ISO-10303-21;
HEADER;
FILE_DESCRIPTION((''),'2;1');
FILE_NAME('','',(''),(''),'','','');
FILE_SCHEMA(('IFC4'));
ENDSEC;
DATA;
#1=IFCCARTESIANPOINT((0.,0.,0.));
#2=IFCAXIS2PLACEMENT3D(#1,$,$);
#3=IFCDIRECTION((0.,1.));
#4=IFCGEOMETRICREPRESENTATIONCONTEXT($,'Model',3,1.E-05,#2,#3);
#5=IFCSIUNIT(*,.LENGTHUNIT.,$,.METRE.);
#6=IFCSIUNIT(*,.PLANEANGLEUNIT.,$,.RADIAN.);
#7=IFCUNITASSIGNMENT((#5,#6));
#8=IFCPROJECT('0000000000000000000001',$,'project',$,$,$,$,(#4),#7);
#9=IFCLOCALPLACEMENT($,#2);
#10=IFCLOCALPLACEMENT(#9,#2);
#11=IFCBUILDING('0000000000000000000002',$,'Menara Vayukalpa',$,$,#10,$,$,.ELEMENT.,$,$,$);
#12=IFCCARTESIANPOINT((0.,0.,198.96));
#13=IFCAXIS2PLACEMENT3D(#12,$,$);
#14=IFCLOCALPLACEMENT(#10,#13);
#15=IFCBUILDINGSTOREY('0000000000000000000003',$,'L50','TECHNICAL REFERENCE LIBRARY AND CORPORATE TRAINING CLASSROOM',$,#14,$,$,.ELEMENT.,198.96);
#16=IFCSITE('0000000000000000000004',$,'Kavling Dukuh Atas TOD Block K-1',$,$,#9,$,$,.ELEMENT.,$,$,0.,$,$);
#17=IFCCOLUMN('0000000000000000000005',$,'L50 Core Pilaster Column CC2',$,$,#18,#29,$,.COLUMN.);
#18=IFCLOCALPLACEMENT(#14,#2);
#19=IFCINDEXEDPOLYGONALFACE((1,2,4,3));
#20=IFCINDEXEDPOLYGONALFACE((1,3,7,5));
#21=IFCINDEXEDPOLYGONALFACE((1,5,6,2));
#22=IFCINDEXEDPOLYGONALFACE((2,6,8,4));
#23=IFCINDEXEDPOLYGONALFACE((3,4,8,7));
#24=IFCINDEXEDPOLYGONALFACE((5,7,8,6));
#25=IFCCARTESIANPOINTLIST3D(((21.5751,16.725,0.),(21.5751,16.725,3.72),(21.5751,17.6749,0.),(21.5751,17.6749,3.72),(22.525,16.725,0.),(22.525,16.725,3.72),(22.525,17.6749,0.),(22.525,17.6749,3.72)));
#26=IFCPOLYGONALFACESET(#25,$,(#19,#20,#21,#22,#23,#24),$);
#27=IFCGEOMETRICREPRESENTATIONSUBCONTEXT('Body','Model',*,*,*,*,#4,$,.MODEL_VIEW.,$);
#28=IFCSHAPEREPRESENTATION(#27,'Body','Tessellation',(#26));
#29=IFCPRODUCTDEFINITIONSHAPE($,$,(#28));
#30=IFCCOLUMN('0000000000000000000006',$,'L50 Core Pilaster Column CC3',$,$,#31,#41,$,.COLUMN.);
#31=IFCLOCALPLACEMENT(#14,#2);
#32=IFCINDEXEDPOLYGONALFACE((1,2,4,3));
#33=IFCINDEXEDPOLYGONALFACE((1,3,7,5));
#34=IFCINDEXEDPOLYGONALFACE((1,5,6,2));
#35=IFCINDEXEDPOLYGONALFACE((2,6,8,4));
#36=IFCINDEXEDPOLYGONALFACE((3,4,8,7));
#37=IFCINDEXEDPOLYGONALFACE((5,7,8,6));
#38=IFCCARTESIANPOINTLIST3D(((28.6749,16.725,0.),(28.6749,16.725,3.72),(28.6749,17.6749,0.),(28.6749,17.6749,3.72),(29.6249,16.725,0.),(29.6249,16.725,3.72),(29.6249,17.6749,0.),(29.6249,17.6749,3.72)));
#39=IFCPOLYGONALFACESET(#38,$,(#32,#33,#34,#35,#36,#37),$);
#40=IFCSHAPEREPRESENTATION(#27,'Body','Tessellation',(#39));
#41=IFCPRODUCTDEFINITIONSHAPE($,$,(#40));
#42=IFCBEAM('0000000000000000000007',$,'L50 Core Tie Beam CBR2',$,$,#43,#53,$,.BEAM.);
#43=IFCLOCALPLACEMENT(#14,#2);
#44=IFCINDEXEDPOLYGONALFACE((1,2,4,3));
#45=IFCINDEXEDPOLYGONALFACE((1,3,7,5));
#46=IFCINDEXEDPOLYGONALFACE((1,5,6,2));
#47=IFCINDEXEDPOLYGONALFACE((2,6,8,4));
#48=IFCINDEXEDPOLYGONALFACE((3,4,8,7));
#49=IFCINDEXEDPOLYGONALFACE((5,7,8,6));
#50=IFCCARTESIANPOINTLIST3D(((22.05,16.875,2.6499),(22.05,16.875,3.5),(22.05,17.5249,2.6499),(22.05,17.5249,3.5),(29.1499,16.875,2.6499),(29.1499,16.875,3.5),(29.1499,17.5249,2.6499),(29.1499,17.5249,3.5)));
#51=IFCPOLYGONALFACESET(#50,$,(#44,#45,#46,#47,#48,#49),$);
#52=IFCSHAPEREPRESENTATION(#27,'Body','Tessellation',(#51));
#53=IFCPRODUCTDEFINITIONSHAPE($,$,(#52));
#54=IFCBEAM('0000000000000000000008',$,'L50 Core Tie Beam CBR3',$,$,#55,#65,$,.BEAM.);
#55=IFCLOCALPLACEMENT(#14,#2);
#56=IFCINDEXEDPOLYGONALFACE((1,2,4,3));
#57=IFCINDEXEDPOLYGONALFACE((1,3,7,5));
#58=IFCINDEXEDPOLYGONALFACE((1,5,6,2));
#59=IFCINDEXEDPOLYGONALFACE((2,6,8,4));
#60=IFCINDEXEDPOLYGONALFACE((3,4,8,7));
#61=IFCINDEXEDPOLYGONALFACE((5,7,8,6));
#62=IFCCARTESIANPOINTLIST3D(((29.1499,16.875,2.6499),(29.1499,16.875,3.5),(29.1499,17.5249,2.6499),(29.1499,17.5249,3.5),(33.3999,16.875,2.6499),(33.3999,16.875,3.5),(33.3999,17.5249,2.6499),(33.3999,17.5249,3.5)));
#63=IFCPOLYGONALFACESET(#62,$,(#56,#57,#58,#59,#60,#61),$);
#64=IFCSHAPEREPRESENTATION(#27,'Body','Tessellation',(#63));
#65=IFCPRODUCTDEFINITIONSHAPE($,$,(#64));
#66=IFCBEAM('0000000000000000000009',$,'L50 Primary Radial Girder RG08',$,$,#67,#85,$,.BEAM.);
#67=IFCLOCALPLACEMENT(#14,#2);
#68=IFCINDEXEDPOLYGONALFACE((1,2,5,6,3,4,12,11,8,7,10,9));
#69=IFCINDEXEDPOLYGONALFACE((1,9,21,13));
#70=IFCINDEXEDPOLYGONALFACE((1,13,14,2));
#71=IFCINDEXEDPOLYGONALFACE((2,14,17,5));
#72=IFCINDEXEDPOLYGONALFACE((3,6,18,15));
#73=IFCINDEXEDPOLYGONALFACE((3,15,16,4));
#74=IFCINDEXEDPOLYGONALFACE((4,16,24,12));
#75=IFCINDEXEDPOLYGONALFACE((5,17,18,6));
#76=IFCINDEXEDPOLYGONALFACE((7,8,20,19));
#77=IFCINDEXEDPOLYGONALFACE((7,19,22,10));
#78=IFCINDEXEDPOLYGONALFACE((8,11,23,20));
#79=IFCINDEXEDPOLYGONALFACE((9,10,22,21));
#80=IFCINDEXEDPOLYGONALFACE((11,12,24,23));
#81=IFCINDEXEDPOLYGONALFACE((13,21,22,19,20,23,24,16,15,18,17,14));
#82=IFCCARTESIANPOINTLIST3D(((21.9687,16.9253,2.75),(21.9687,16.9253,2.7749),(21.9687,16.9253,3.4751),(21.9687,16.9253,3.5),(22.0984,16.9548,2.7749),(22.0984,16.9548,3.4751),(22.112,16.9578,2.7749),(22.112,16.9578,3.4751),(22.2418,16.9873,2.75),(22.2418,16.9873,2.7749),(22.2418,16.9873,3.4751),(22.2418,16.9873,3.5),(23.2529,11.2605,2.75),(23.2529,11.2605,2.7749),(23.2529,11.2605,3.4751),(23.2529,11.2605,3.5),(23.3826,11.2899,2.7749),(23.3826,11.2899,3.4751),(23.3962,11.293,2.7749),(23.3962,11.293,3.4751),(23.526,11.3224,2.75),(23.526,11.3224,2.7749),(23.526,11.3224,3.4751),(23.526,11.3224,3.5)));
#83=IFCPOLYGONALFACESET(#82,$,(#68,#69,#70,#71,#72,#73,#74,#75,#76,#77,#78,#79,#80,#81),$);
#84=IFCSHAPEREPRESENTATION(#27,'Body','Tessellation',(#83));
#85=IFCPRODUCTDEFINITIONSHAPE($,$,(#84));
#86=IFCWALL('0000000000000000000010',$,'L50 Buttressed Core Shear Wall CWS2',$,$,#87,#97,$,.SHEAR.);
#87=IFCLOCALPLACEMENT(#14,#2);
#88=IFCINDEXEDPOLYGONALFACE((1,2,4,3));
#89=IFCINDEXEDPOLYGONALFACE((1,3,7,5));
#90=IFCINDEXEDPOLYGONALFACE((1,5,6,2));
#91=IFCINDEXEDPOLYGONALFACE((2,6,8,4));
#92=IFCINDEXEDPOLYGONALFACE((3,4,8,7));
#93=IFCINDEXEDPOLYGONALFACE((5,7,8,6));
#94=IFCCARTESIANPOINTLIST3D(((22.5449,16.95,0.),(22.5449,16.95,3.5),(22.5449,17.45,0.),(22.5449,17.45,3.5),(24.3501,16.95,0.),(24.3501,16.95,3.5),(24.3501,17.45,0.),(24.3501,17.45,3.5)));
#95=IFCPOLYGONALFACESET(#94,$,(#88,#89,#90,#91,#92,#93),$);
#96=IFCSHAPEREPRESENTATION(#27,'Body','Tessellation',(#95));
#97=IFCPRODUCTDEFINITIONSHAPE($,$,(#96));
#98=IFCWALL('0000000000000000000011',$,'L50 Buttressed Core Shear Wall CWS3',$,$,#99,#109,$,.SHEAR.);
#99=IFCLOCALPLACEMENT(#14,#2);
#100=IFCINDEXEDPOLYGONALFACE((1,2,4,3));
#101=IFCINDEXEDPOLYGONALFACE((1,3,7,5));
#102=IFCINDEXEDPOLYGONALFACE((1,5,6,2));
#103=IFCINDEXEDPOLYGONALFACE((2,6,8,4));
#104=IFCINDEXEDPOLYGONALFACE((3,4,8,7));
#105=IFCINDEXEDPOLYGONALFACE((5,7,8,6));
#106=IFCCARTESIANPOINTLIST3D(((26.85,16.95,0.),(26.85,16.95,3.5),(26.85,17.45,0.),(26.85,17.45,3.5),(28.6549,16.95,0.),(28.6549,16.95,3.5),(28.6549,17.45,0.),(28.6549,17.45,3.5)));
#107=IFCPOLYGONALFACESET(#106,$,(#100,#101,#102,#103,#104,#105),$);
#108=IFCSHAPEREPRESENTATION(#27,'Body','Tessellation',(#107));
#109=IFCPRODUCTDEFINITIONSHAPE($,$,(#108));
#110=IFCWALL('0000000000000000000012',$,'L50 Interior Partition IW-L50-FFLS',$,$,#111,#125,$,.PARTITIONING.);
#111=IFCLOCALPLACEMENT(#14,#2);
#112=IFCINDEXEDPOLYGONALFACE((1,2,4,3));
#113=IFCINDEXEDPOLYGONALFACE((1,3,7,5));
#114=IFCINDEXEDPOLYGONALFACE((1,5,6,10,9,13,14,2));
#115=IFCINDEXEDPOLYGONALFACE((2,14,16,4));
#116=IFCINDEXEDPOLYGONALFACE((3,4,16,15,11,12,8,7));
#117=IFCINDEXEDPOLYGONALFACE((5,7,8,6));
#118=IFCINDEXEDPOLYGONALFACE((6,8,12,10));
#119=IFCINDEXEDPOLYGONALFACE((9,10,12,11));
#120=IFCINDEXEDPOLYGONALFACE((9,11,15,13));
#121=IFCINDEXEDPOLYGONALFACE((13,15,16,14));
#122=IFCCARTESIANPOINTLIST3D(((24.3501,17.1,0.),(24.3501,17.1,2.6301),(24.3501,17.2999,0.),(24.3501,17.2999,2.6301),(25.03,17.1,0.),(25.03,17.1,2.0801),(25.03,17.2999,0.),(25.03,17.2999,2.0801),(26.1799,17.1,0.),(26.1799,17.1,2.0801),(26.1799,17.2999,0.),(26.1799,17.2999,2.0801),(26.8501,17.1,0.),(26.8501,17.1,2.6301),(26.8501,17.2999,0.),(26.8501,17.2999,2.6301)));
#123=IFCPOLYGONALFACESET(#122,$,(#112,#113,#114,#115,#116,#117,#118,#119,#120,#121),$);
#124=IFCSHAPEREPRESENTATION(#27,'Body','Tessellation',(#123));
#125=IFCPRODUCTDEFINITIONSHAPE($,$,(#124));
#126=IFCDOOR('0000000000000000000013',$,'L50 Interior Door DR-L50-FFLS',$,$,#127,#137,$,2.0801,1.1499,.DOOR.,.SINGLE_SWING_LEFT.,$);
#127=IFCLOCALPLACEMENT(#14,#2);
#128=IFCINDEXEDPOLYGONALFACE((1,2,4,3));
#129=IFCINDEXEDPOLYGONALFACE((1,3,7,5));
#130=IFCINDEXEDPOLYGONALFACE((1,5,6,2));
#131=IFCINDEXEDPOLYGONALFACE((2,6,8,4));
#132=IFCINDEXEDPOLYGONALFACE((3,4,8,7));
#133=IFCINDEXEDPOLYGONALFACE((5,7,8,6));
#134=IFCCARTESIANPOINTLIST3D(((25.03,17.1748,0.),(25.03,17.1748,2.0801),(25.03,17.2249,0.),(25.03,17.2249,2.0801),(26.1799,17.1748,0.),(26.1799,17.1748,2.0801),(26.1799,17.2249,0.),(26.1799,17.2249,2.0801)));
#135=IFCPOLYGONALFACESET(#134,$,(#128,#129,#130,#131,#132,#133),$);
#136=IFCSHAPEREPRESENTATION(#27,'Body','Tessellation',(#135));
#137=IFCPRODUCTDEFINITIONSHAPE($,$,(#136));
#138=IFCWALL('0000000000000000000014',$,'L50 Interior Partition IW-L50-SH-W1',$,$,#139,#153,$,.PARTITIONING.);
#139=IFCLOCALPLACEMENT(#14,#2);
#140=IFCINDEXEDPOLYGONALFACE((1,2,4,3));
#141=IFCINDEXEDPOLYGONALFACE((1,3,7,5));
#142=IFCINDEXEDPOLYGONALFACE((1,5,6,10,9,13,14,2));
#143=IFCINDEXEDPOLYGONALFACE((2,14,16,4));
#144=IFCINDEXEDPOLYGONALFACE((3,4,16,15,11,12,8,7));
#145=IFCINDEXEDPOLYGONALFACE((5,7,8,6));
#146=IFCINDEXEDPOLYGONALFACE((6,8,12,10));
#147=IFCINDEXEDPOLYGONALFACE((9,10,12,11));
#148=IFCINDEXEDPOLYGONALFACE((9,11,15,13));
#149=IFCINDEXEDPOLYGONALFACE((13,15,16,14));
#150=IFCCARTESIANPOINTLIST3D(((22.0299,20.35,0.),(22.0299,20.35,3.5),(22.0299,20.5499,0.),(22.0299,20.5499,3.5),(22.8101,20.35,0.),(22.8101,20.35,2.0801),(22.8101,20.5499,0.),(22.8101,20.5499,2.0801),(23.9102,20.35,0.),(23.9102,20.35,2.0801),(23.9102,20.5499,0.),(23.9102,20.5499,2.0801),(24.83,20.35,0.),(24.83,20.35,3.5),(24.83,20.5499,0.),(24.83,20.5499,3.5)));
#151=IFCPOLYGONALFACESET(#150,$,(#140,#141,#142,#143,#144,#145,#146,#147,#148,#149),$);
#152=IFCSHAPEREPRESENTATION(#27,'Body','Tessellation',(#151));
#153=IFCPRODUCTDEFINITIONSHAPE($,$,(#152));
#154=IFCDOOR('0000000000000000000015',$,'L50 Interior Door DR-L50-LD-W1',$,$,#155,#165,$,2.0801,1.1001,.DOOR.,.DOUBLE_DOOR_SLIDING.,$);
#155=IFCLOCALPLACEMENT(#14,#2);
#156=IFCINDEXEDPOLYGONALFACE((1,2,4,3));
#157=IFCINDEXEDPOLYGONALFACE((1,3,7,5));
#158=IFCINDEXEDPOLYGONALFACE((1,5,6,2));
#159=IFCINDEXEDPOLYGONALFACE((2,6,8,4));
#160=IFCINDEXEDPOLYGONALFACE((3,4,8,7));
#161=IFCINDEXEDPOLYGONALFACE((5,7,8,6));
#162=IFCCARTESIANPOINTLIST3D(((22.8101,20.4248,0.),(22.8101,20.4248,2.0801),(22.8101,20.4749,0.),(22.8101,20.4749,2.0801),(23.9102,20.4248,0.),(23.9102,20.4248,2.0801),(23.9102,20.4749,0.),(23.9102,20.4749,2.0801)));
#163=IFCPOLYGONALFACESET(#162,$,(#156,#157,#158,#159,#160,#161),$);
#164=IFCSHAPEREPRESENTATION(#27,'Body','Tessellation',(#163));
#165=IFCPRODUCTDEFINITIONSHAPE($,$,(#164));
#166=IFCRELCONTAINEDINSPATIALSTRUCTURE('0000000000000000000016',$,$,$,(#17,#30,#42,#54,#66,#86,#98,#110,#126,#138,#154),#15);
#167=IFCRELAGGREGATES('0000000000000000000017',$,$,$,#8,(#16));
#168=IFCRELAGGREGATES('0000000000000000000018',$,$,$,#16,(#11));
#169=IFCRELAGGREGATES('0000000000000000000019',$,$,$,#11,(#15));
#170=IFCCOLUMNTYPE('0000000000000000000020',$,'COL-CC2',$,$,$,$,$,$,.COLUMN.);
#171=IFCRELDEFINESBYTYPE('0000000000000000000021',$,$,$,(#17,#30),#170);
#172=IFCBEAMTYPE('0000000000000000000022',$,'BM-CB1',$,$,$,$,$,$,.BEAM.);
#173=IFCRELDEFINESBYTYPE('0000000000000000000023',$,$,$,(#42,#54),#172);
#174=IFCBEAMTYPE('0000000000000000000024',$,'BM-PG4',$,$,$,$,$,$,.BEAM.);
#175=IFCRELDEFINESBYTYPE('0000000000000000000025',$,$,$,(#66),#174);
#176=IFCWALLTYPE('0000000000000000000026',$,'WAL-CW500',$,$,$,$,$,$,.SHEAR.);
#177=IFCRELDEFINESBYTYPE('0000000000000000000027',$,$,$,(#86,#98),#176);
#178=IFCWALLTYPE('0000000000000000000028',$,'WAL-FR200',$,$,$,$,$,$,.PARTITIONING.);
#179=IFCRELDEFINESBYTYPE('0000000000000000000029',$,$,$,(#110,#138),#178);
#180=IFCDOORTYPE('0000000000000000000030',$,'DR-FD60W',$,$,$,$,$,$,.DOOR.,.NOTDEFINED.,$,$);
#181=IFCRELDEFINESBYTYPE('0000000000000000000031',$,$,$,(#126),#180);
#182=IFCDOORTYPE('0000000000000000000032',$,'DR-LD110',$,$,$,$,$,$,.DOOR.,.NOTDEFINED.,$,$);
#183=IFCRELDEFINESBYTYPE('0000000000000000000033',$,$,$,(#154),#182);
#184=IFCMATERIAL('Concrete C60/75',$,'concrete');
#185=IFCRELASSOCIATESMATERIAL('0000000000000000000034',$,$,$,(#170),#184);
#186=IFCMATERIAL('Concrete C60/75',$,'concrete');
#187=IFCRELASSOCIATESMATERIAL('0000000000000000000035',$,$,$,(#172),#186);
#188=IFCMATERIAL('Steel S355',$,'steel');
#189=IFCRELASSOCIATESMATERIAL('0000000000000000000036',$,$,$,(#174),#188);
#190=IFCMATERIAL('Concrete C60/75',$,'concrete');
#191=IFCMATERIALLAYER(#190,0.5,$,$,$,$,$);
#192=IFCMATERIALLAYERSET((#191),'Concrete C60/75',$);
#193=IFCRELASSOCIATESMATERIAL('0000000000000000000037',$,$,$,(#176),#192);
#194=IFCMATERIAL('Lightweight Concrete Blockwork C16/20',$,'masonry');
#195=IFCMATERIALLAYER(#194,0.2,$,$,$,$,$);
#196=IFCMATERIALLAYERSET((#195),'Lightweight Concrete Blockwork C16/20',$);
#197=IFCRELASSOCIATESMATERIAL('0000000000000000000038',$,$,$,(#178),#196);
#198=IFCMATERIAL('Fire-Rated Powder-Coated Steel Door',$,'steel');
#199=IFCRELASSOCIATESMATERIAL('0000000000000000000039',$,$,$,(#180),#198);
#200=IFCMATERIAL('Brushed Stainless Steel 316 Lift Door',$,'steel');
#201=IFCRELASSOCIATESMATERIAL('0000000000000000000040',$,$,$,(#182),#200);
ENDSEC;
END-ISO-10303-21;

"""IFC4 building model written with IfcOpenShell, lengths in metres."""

from ifc_helpers import new_model, si_unit, direction, frame, frame_2d, origin, origin_2d, place, context, subcontext, project, spatial, rectangle, i_section, extrude, material, layer, layer_set, material_profile, profile_set, type_object, element, fill, save


model = new_model("IFC4")

# Units and contexts
model_context = context("Model", 3, precision=1e-05, world=origin(), true_north=direction((0.0, 1.0)))
body_context = subcontext(model_context, "Body", "Model", "MODEL_VIEW")
ifc_project = project(units=[si_unit("LENGTHUNIT", "METRE"), si_unit("PLANEANGLEUNIT", "RADIAN")], contexts=[model_context])

# Site, building, storey
site_placement = place(None, origin())
site = spatial("IfcSite", under=ifc_project, at=site_placement, Name="Kavling Dukuh Atas TOD Block K-1", CompositionType="ELEMENT", RefElevation=0.0)
building_placement = place(site_placement, origin())
building = spatial("IfcBuilding", under=site, at=building_placement, Name="Menara Vayukalpa", CompositionType="ELEMENT")
storey_placement = place(building_placement, frame((0.0, 0.0, 198.96)))
storey = spatial("IfcBuildingStorey", under=building, at=storey_placement, Name="L50", Description="TECHNICAL REFERENCE LIBRARY AND CORPORATE TRAINING CLASSROOM", CompositionType="ELEMENT", Elevation=198.96)

# Columns
ifc_material_1 = material(Name="Concrete C60/75", Category="concrete")
ifc_material_profile_1 = material_profile(ifc_material_1, rectangle(XDim=0.95, YDim=0.95, at=origin_2d()), Name="RC 950x950")
ifc_profile_set_1 = profile_set([ifc_material_profile_1], Name="Concrete C60/75")
column_type = type_object("IfcColumnType", Name="COL-CC2", PredefinedType="COLUMN", material=ifc_profile_set_1)
for number, where, z_axis, x_axis, name in (
    (1, (22.05, 17.2, 0.0), (0.0, 0.0, 1.0), (1.0, 0.0, 0.0), "L50 Core Pilaster Column CC2"),
    (2, (29.1499, 17.2, 0.0), (0.0, 0.0, 1.0), (1.0, 0.0, 0.0), "L50 Core Pilaster Column CC3"),
):
    element("IfcColumn", number, at=place(storey_placement, frame(where, z_axis=z_axis, x_axis=x_axis)), inside=storey, type_object=column_type, Name=name, PredefinedType="COLUMN", context=body_context, shape_type="SweptSolid", body=[
        extrude(rectangle(XDim=0.95, YDim=0.95, at=origin_2d()), origin(), (0.0, 0.0, 1.0), 3.72),
    ])

# Beams
ifc_material_2 = material(Name="Concrete C60/75", Category="concrete")
ifc_material_profile_2 = material_profile(ifc_material_2, rectangle(XDim=0.6499, YDim=0.8501, at=origin_2d()), Name="RC 650x850")
ifc_profile_set_2 = profile_set([ifc_material_profile_2], Name="Concrete C60/75")
beam_type_1 = type_object("IfcBeamType", Name="BM-CB1", PredefinedType="BEAM", material=ifc_profile_set_2)
beam_1_placement = place(storey_placement, frame((22.05, 17.2, 3.075), z_axis=(1.0, 0.0, 0.0), x_axis=(0.0, 1.0, 0.0)))
element("IfcBeam", 3, at=beam_1_placement, inside=storey, type_object=beam_type_1, Name="L50 Core Tie Beam CBR2", PredefinedType="BEAM", context=body_context, shape_type="SweptSolid", body=[
    extrude(rectangle(XDim=0.6499, YDim=0.8501, at=origin_2d()), origin(), (0.0, 0.0, 1.0), 7.0999),
])
beam_2_placement = place(storey_placement, frame((29.1499, 17.2, 3.075), z_axis=(1.0, 0.0, 0.0), x_axis=(0.0, 1.0, 0.0)))
element("IfcBeam", 4, at=beam_2_placement, inside=storey, type_object=beam_type_1, Name="L50 Core Tie Beam CBR3", PredefinedType="BEAM", context=body_context, shape_type="SweptSolid", body=[
    extrude(rectangle(XDim=0.6499, YDim=0.8501, at=origin_2d()), origin(), (0.0, 0.0, 1.0), 4.25),
])
ifc_material_3 = material(Name="Steel S355", Category="steel")
ifc_material_profile_3 = material_profile(ifc_material_3, i_section(OverallWidth=0.28, OverallDepth=0.75, WebThickness=0.0139, FlangeThickness=0.0249, at=origin_2d()), Name="WF 750x280x14x25")
ifc_profile_set_3 = profile_set([ifc_material_profile_3], Name="Steel S355")
beam_type_2 = type_object("IfcBeamType", Name="BM-PG4", PredefinedType="BEAM", material=ifc_profile_set_3)
beam_3_placement = place(storey_placement, frame((22.1052, 16.9563, 3.125), z_axis=(0.221085, -0.975255, 0.0), x_axis=(0.975255, 0.221085, 0.0)))
element("IfcBeam", 5, at=beam_3_placement, inside=storey, type_object=beam_type_2, Name="L50 Primary Radial Girder RG08", PredefinedType="BEAM", context=body_context, shape_type="SweptSolid", body=[
    extrude(i_section(OverallWidth=0.28, OverallDepth=0.75, WebThickness=0.0139, FlangeThickness=0.0249, at=origin_2d()), origin(), (0.0, 0.0, 1.0), 5.8086),
])

# Walls
ifc_material_4 = material(Name="Concrete C60/75", Category="concrete")
ifc_layer_1 = layer(ifc_material_4, 0.5)
ifc_layer_set_1 = layer_set([ifc_layer_1], Name="Concrete C60/75")
wall_type_1 = type_object("IfcWallType", Name="WAL-CW500", PredefinedType="SHEAR", material=ifc_layer_set_1)
wall_1_placement = place(storey_placement, frame((22.5449, 17.2, 0.0), z_axis=(0.0, 0.0, 1.0), x_axis=(1.0, 0.0, 0.0)))
element("IfcWall", 6, at=wall_1_placement, inside=storey, type_object=wall_type_1, Name="L50 Buttressed Core Shear Wall CWS2", PredefinedType="SHEAR", context=body_context, shape_type="SweptSolid", body=[
    extrude(rectangle(XDim=1.8052, YDim=0.5, at=frame_2d((0.9026, 0.0))), origin(), (0.0, 0.0, 1.0), 3.5),
])
wall_2_placement = place(storey_placement, frame((26.8501, 17.2, 0.0), z_axis=(0.0, 0.0, 1.0), x_axis=(1.0, 0.0, 0.0)))
element("IfcWall", 7, at=wall_2_placement, inside=storey, type_object=wall_type_1, Name="L50 Buttressed Core Shear Wall CWS3", PredefinedType="SHEAR", context=body_context, shape_type="SweptSolid", body=[
    extrude(rectangle(XDim=1.8049, YDim=0.5, at=frame_2d((0.9023, 0.0))), origin(), (0.0, 0.0, 1.0), 3.5),
])

# Walls, openings, doors
ifc_material_5 = material(Name="Lightweight Concrete Blockwork C16/20", Category="masonry")
ifc_layer_2 = layer(ifc_material_5, 0.2)
ifc_layer_set_2 = layer_set([ifc_layer_2], Name="Lightweight Concrete Blockwork C16/20")
wall_type_2 = type_object("IfcWallType", Name="WAL-FR200", PredefinedType="PARTITIONING", material=ifc_layer_set_2)
wall_3_placement = place(storey_placement, frame((24.3501, 17.2, 0.0), z_axis=(0.0, 0.0, 1.0), x_axis=(1.0, 0.0, 0.0)))
wall_3 = element("IfcWall", 8, at=wall_3_placement, inside=storey, type_object=wall_type_2, Name="L50 Interior Partition IW-L50-FFLS", PredefinedType="PARTITIONING", context=body_context, shape_type="SweptSolid", body=[
    extrude(rectangle(XDim=2.5, YDim=0.2, at=frame_2d((1.25, 0.0))), origin(), (0.0, 0.0, 1.0), 2.6301),
])
opening_1_placement = place(wall_3_placement, frame((0.6799, 0.0, 0.0)))
opening_1 = element("IfcOpeningElement", 9, at=opening_1_placement, cuts=wall_3, PredefinedType="OPENING", context=body_context, shape_type="SweptSolid", body=[
    extrude(rectangle(XDim=1.1499, YDim=2.0801, at=frame_2d((0.575, 1.04))), frame((0.0, 0.1099, 0.0), z_axis=(0.0, -1.0, 0.0), x_axis=(1.0, 0.0, 0.0)), (0.0, 0.0, 1.0), 0.22),
])
ifc_material_6 = material(Name="Fire-Rated Powder-Coated Steel Door", Category="steel")
door_type_1 = type_object("IfcDoorType", Name="DR-FD60W", OperationType="NOTDEFINED", PredefinedType="DOOR", material=ifc_material_6)
door_1_placement = place(opening_1_placement, origin())
door_1 = element("IfcDoor", 10, at=door_1_placement, inside=storey, type_object=door_type_1, Name="L50 Interior Door DR-L50-FFLS", OperationType="SINGLE_SWING_LEFT", OverallHeight=2.0801, OverallWidth=1.1499, PredefinedType="DOOR", context=body_context, shape_type="SweptSolid", body=[
    extrude(rectangle(XDim=1.1499, YDim=2.0801, at=frame_2d((0.575, 1.04))), frame((0.0, 0.0249, 0.0), z_axis=(0.0, -1.0, 0.0), x_axis=(1.0, 0.0, 0.0)), (0.0, 0.0, 1.0), 0.05),
])
fill(opening_1, door_1)
wall_4_placement = place(storey_placement, frame((22.03, 20.45, 0.0), z_axis=(0.0, 0.0, 1.0), x_axis=(1.0, 0.0, 0.0)))
wall_4 = element("IfcWall", 11, at=wall_4_placement, inside=storey, type_object=wall_type_2, Name="L50 Interior Partition IW-L50-SH-W1", PredefinedType="PARTITIONING", context=body_context, shape_type="SweptSolid", body=[
    extrude(rectangle(XDim=2.8, YDim=0.2, at=frame_2d((1.3999, 0.0))), origin(), (0.0, 0.0, 1.0), 3.5),
])
opening_2_placement = place(wall_4_placement, frame((0.78, 0.0, 0.0)))
opening_2 = element("IfcOpeningElement", 12, at=opening_2_placement, cuts=wall_4, PredefinedType="OPENING", context=body_context, shape_type="SweptSolid", body=[
    extrude(rectangle(XDim=1.1001, YDim=2.0801, at=frame_2d((0.55, 1.04))), frame((0.0, 0.1099, 0.0), z_axis=(0.0, -1.0, 0.0), x_axis=(1.0, 0.0, 0.0)), (0.0, 0.0, 1.0), 0.22),
])
ifc_material_7 = material(Name="Brushed Stainless Steel 316 Lift Door", Category="steel")
door_type_2 = type_object("IfcDoorType", Name="DR-LD110", OperationType="NOTDEFINED", PredefinedType="DOOR", material=ifc_material_7)
door_2_placement = place(opening_2_placement, origin())
door_2 = element("IfcDoor", 13, at=door_2_placement, inside=storey, type_object=door_type_2, Name="L50 Interior Door DR-L50-LD-W1", OperationType="DOUBLE_DOOR_SLIDING", OverallHeight=2.0801, OverallWidth=1.1001, PredefinedType="DOOR", context=body_context, shape_type="SweptSolid", body=[
    extrude(rectangle(XDim=1.1001, YDim=2.0801, at=frame_2d((0.55, 1.04))), frame((0.0, 0.0249, 0.0), z_axis=(0.0, -1.0, 0.0), x_axis=(1.0, 0.0, 0.0)), (0.0, 0.0, 1.0), 0.05),
])
fill(opening_2, door_2)

save(model, "model.ifc")
